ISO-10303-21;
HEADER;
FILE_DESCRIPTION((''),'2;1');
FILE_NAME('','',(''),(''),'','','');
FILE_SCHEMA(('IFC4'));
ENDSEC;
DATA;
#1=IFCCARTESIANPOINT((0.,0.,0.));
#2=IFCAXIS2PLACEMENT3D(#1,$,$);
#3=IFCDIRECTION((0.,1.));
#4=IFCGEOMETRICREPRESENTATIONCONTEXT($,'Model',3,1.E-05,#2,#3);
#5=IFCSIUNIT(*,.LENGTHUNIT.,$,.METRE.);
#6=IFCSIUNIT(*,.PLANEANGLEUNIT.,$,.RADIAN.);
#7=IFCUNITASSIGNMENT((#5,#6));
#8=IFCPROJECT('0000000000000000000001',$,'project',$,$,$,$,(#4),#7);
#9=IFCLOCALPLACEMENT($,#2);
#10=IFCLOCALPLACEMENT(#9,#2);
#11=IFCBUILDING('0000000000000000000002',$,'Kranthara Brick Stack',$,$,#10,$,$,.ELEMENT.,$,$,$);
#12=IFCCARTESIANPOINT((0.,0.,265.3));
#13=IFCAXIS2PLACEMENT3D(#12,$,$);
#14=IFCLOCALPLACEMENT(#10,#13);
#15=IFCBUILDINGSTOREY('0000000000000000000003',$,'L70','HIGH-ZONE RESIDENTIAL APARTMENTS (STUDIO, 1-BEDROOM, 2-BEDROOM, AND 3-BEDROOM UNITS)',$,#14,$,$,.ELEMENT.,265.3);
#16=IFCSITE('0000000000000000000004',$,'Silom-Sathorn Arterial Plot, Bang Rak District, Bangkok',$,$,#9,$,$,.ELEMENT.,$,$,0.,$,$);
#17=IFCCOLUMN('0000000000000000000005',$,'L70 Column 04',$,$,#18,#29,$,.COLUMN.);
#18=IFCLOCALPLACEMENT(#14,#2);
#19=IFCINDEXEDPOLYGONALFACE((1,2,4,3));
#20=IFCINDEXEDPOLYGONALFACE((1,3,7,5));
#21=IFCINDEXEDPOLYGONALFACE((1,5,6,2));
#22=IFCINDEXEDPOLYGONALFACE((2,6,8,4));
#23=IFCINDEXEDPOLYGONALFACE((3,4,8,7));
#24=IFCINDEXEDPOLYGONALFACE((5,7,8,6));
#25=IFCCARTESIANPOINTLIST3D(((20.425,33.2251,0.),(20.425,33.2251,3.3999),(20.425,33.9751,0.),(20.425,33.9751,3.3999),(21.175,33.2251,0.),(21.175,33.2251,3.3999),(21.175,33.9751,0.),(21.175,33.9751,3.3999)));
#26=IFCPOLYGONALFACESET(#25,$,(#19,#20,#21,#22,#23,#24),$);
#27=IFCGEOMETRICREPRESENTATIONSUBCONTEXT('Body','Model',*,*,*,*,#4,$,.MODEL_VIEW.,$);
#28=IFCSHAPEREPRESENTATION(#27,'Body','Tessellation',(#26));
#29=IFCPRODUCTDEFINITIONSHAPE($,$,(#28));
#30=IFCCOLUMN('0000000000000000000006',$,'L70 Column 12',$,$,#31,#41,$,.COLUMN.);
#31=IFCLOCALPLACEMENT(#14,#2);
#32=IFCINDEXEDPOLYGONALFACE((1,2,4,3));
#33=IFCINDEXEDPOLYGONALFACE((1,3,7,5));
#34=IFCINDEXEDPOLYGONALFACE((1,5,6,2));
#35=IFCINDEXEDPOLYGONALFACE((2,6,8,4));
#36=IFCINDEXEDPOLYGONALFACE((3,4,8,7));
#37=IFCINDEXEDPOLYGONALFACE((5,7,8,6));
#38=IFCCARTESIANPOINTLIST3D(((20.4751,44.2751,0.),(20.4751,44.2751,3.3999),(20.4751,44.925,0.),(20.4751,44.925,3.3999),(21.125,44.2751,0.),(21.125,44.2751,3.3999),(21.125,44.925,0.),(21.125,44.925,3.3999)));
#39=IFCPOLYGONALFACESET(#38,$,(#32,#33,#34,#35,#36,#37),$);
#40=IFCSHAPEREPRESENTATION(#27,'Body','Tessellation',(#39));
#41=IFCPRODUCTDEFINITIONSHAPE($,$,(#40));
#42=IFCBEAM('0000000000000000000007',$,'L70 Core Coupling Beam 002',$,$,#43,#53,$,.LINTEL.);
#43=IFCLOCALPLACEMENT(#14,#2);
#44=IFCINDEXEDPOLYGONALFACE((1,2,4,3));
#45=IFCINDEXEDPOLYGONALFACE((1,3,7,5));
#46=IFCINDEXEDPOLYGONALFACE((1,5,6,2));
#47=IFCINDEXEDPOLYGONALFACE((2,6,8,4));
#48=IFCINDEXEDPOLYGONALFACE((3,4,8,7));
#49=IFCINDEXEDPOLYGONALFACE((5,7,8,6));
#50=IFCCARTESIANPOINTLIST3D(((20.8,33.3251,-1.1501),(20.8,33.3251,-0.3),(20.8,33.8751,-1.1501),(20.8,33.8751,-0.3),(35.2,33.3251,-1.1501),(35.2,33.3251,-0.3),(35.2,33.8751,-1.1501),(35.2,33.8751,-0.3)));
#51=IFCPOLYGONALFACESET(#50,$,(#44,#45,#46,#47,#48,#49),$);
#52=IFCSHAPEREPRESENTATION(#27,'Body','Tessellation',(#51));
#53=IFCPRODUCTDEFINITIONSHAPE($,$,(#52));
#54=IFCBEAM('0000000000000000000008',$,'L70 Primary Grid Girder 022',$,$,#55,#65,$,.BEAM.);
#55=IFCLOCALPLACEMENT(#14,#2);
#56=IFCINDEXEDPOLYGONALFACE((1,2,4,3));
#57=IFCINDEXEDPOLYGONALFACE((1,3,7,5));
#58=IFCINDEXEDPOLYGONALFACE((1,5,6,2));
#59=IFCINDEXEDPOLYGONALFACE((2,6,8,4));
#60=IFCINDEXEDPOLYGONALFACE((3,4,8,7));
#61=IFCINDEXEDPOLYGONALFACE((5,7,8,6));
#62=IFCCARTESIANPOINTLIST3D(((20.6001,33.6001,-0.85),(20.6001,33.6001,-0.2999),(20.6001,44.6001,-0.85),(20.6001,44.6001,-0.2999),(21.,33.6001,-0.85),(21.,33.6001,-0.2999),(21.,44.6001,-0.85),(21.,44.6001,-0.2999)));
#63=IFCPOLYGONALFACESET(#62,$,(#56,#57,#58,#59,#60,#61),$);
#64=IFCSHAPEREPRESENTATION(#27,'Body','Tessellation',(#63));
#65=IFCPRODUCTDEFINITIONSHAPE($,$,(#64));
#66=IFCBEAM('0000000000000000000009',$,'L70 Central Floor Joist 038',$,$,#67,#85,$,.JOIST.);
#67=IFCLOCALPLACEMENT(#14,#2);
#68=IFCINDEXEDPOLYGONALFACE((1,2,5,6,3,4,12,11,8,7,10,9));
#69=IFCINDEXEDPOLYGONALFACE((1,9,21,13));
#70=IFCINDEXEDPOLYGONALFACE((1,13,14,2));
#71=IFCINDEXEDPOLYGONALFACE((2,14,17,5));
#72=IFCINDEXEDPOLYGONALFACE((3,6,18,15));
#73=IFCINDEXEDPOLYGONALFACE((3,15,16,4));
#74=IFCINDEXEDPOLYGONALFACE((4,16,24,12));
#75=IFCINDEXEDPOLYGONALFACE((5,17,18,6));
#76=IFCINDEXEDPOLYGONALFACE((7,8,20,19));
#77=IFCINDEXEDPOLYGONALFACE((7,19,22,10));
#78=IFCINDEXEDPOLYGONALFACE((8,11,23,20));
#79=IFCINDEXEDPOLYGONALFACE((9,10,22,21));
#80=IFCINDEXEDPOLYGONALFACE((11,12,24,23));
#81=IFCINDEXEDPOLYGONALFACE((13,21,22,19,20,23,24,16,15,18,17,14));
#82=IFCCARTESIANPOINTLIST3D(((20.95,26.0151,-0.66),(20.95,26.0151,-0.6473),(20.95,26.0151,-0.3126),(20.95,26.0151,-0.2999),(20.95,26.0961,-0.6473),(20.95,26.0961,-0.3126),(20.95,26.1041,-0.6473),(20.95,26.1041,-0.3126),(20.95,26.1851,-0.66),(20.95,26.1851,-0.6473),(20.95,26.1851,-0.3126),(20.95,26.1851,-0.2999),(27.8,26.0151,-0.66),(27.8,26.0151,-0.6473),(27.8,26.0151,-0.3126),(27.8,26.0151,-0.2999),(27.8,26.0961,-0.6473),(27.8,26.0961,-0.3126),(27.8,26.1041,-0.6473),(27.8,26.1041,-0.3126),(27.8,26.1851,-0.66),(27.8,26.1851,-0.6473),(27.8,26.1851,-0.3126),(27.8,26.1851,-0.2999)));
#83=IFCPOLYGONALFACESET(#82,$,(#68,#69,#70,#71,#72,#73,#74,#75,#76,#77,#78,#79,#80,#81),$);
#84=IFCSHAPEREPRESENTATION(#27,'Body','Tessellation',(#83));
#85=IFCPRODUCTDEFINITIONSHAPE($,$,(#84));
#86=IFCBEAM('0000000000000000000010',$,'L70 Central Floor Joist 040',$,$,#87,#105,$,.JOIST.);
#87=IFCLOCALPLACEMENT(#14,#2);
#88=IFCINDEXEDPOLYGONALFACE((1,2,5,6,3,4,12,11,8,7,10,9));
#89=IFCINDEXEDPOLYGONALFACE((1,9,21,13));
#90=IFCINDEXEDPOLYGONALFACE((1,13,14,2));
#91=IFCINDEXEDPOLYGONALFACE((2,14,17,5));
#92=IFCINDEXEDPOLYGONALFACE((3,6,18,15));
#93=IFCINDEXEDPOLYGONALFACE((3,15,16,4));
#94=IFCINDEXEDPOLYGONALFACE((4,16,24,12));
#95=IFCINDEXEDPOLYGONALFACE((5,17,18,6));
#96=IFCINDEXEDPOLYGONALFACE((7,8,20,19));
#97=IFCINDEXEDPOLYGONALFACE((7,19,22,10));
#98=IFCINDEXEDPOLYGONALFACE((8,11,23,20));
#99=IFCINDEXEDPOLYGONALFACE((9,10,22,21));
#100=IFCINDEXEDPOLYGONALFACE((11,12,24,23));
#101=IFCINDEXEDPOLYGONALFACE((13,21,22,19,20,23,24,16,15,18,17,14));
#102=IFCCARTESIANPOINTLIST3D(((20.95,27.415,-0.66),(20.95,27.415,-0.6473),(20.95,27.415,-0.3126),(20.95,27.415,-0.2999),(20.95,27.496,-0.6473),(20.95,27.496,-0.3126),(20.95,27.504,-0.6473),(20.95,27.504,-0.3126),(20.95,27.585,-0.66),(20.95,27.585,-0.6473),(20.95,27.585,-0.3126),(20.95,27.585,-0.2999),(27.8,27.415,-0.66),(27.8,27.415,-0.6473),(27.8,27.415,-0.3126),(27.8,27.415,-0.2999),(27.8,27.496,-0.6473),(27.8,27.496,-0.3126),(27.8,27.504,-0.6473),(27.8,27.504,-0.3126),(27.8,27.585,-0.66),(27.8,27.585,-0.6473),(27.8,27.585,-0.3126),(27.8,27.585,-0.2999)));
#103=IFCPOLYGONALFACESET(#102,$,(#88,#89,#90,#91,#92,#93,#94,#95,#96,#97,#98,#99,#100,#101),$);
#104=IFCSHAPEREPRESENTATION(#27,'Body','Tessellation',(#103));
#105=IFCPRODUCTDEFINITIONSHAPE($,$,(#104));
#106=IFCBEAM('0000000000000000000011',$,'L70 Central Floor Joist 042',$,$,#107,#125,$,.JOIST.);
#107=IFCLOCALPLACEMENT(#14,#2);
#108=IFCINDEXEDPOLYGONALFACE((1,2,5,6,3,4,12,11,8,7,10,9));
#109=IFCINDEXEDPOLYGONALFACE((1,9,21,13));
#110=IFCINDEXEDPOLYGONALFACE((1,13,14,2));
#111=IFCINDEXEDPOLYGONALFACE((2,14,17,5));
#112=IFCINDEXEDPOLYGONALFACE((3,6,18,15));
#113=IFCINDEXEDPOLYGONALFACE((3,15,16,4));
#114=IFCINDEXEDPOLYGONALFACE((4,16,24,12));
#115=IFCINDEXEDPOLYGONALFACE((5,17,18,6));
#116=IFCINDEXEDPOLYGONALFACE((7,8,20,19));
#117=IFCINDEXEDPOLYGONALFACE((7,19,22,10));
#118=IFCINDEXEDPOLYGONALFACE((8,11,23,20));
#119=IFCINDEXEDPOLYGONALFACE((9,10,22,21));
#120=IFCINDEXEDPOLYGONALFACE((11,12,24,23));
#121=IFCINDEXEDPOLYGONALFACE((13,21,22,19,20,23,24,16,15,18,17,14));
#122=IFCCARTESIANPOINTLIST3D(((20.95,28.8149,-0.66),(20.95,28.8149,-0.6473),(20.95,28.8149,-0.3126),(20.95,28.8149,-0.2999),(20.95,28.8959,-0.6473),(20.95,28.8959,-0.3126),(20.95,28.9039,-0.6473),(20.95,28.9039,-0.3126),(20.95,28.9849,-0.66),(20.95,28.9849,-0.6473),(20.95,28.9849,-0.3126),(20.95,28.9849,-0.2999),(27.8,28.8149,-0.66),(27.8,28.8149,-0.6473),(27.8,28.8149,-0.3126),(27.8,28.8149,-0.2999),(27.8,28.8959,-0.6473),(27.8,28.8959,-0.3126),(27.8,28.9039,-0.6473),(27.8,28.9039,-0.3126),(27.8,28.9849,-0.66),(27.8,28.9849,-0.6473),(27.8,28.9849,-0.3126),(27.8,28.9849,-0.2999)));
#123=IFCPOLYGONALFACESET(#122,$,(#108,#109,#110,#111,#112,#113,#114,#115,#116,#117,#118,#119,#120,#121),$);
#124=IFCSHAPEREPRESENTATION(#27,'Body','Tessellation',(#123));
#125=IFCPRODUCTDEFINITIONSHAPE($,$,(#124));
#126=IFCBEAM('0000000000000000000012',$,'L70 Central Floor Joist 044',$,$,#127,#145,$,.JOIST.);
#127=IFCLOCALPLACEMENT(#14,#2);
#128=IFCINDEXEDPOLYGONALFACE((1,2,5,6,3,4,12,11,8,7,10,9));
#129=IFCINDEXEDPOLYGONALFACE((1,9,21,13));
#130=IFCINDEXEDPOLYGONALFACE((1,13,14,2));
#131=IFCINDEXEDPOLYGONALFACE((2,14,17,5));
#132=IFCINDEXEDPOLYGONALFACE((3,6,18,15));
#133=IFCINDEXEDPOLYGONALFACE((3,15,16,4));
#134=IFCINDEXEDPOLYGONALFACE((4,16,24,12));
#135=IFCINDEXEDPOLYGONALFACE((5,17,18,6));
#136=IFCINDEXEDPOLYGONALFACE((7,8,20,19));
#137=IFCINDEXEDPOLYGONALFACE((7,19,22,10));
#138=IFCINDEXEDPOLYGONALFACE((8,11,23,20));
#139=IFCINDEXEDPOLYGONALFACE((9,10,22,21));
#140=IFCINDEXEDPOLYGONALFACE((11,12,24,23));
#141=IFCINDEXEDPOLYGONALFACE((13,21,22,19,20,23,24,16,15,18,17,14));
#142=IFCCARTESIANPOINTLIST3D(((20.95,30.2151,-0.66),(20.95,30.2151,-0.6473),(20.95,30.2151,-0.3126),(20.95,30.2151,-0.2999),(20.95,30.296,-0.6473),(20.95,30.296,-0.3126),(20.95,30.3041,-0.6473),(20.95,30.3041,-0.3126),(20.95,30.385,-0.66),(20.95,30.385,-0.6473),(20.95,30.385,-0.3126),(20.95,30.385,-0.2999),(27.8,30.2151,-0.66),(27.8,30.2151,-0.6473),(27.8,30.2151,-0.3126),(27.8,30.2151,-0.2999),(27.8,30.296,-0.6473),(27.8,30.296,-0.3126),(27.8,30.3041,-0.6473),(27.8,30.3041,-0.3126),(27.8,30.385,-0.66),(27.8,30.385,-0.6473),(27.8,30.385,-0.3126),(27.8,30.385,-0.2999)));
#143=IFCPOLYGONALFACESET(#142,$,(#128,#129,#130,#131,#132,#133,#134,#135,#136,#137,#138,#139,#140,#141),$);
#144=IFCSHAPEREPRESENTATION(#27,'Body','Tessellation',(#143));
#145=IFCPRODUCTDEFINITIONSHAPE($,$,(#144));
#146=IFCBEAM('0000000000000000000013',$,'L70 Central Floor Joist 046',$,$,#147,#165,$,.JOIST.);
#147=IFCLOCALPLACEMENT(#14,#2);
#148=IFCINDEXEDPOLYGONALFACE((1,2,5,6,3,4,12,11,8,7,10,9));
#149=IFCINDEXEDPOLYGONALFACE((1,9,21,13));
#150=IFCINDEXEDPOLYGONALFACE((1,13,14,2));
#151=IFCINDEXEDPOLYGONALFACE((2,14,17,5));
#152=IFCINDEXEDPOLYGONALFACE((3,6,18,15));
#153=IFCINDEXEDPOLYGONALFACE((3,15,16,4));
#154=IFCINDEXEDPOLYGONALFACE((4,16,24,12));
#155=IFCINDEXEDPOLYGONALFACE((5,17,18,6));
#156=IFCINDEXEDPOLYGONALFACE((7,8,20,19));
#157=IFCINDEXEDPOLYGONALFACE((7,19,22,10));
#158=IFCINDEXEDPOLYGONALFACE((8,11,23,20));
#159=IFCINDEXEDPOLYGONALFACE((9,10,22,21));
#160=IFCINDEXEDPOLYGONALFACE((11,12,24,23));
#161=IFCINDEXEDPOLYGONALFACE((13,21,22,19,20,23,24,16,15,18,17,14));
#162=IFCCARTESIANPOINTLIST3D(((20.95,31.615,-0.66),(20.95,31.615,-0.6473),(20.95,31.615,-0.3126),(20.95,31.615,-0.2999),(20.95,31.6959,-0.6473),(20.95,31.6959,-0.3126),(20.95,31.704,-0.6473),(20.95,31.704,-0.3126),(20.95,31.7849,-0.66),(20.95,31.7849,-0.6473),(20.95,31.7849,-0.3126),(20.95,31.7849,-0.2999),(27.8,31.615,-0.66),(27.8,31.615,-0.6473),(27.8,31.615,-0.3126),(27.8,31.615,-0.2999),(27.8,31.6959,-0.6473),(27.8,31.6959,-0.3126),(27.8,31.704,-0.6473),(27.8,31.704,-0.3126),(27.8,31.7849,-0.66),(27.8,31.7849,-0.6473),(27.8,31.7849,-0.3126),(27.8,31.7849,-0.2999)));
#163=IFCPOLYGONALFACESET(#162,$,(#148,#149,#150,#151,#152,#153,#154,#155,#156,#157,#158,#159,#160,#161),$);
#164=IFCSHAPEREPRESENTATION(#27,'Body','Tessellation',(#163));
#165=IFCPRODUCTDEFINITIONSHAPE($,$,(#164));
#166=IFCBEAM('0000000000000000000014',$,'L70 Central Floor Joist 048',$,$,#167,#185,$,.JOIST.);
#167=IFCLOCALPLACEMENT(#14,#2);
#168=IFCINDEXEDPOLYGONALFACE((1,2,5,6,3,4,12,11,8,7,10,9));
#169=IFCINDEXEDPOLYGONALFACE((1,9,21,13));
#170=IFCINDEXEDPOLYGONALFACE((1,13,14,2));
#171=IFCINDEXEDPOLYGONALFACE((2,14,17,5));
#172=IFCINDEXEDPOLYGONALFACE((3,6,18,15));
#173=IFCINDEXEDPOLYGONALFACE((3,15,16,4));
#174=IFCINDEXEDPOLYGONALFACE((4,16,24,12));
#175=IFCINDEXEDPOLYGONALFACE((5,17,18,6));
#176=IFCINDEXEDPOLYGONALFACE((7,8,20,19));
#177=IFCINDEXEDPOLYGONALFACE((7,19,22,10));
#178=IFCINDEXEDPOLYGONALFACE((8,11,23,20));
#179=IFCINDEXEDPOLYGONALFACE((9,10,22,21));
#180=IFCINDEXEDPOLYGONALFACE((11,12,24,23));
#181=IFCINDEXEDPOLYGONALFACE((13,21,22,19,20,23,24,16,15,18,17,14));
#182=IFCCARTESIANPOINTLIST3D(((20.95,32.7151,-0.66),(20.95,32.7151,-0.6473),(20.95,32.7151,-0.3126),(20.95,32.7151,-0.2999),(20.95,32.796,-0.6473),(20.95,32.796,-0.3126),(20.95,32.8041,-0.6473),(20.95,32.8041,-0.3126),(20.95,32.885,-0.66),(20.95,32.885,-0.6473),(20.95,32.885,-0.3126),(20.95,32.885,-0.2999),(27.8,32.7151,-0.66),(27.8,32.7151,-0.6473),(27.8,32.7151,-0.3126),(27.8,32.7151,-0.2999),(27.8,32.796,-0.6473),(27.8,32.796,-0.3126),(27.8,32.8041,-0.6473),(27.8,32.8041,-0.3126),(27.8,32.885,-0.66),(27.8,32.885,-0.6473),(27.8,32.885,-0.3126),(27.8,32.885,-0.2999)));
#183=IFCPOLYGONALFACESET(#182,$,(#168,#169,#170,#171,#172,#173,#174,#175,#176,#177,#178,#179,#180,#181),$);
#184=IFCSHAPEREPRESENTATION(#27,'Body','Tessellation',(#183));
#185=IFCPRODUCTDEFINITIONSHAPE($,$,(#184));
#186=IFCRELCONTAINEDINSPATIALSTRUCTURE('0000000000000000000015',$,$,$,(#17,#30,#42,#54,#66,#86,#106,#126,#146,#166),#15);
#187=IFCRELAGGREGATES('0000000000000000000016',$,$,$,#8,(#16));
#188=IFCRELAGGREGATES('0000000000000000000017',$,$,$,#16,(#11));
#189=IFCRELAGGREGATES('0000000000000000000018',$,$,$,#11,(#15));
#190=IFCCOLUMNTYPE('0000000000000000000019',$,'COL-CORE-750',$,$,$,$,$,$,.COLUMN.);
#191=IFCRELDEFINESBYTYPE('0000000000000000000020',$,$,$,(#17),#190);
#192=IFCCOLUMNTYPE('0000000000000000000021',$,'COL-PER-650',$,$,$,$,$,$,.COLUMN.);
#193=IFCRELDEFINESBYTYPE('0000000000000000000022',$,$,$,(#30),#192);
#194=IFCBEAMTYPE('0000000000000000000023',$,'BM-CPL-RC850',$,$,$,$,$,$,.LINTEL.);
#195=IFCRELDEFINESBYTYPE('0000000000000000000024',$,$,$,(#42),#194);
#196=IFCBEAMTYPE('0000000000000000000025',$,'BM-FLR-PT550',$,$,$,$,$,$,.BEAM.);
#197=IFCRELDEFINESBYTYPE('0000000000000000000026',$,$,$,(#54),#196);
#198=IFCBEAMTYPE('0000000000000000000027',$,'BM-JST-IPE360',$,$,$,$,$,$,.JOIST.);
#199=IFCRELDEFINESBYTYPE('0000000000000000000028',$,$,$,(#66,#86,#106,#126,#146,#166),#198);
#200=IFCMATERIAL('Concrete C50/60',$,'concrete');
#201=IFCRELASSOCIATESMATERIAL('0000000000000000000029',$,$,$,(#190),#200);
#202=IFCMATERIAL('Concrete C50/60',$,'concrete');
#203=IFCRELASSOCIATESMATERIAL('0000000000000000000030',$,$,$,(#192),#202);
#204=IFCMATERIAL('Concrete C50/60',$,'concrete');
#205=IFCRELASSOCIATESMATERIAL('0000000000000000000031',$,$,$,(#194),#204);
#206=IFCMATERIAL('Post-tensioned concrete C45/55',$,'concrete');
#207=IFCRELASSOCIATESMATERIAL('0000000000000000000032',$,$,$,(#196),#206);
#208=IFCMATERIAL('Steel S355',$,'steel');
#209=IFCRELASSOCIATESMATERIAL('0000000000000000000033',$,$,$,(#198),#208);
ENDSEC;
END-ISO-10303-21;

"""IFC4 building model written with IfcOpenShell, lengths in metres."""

from ifc_helpers import new_model, si_unit, direction, frame, origin, origin_2d, place, context, subcontext, project, spatial, rectangle, i_section, extrude, material, material_profile, profile_set, type_object, element, save


model = new_model("IFC4")

# Units and contexts
model_context = context("Model", 3, precision=1e-05, world=origin(), true_north=direction((0.0, 1.0)))
body_context = subcontext(model_context, "Body", "Model", "MODEL_VIEW")
ifc_project = project(units=[si_unit("LENGTHUNIT", "METRE"), si_unit("PLANEANGLEUNIT", "RADIAN")], contexts=[model_context])

# Site, building, storey
site_placement = place(None, origin())
site = spatial("IfcSite", under=ifc_project, at=site_placement, Name="Silom-Sathorn Arterial Plot, Bang Rak District, Bangkok", CompositionType="ELEMENT", RefElevation=0.0)
building_placement = place(site_placement, origin())
building = spatial("IfcBuilding", under=site, at=building_placement, Name="Kranthara Brick Stack", CompositionType="ELEMENT")
storey_placement = place(building_placement, frame((0.0, 0.0, 265.3)))
storey = spatial("IfcBuildingStorey", under=building, at=storey_placement, Name="L70", Description="HIGH-ZONE RESIDENTIAL APARTMENTS (STUDIO, 1-BEDROOM, 2-BEDROOM, AND 3-BEDROOM UNITS)", CompositionType="ELEMENT", Elevation=265.3)

# Columns
ifc_material_1 = material(Name="Concrete C50/60", Category="concrete")
ifc_material_profile_1 = material_profile(ifc_material_1, rectangle(XDim=0.75, YDim=0.75, at=origin_2d()), Name="RC 750x750")
ifc_profile_set_1 = profile_set([ifc_material_profile_1], Name="Concrete C50/60")
column_type_1 = type_object("IfcColumnType", Name="COL-CORE-750", PredefinedType="COLUMN", material=ifc_profile_set_1)
column_1_placement = place(storey_placement, frame((20.8, 33.6001, 0.0), z_axis=(0.0, 0.0, 1.0), x_axis=(1.0, 0.0, 0.0)))
element("IfcColumn", 1, at=column_1_placement, inside=storey, type_object=column_type_1, Name="L70 Column 04", PredefinedType="COLUMN", context=body_context, shape_type="SweptSolid", body=[
    extrude(rectangle(XDim=0.75, YDim=0.75, at=origin_2d()), origin(), (0.0, 0.0, 1.0), 3.3999),
])
ifc_material_2 = material(Name="Concrete C50/60", Category="concrete")
ifc_material_profile_2 = material_profile(ifc_material_2, rectangle(XDim=0.6499, YDim=0.6499, at=origin_2d()), Name="RC 650x650")
ifc_profile_set_2 = profile_set([ifc_material_profile_2], Name="Concrete C50/60")
column_type_2 = type_object("IfcColumnType", Name="COL-PER-650", PredefinedType="COLUMN", material=ifc_profile_set_2)
column_2_placement = place(storey_placement, frame((20.8, 44.6001, 0.0), z_axis=(0.0, 0.0, 1.0), x_axis=(1.0, 0.0, 0.0)))
element("IfcColumn", 2, at=column_2_placement, inside=storey, type_object=column_type_2, Name="L70 Column 12", PredefinedType="COLUMN", context=body_context, shape_type="SweptSolid", body=[
    extrude(rectangle(XDim=0.6499, YDim=0.6499, at=origin_2d()), origin(), (0.0, 0.0, 1.0), 3.3999),
])

# Beams
ifc_material_3 = material(Name="Concrete C50/60", Category="concrete")
ifc_material_profile_3 = material_profile(ifc_material_3, rectangle(XDim=0.55, YDim=0.8501, at=origin_2d()), Name="RC 550x850")
ifc_profile_set_3 = profile_set([ifc_material_profile_3], Name="Concrete C50/60")
beam_type_1 = type_object("IfcBeamType", Name="BM-CPL-RC850", PredefinedType="LINTEL", material=ifc_profile_set_3)
beam_1_placement = place(storey_placement, frame((20.8, 33.6001, -0.7251), z_axis=(1.0, 0.0, 0.0), x_axis=(0.0, 1.0, 0.0)))
element("IfcBeam", 3, at=beam_1_placement, inside=storey, type_object=beam_type_1, Name="L70 Core Coupling Beam 002", PredefinedType="LINTEL", context=body_context, shape_type="SweptSolid", body=[
    extrude(rectangle(XDim=0.55, YDim=0.8501, at=origin_2d()), origin(), (0.0, 0.0, 1.0), 14.3999),
])
ifc_material_4 = material(Name="Post-tensioned concrete C45/55", Category="concrete")
ifc_material_profile_4 = material_profile(ifc_material_4, rectangle(XDim=0.3999, YDim=0.55, at=origin_2d()), Name="PT 400x550")
ifc_profile_set_4 = profile_set([ifc_material_profile_4], Name="Post-tensioned concrete C45/55")
beam_type_2 = type_object("IfcBeamType", Name="BM-FLR-PT550", PredefinedType="BEAM", material=ifc_profile_set_4)
beam_2_placement = place(storey_placement, frame((20.8, 33.6001, -0.575), z_axis=(0.0, 1.0, 0.0), x_axis=(-1.0, 0.0, 0.0)))
element("IfcBeam", 4, at=beam_2_placement, inside=storey, type_object=beam_type_2, Name="L70 Primary Grid Girder 022", PredefinedType="BEAM", context=body_context, shape_type="SweptSolid", body=[
    extrude(rectangle(XDim=0.3999, YDim=0.55, at=origin_2d()), origin(), (0.0, 0.0, 1.0), 11.0),
])
ifc_material_5 = material(Name="Steel S355", Category="steel")
ifc_material_profile_5 = material_profile(ifc_material_5, i_section(OverallWidth=0.1699, OverallDepth=0.3601, WebThickness=0.0081, FlangeThickness=0.0127, at=origin_2d()), Name="IPE 360")
ifc_profile_set_5 = profile_set([ifc_material_profile_5], Name="Steel S355")
beam_type_3 = type_object("IfcBeamType", Name="BM-JST-IPE360", PredefinedType="JOIST", material=ifc_profile_set_5)
for number, where, z_axis, x_axis, name in (
    (5, (20.95, 26.1001, -0.48), (1.0, 0.0, 0.0), (0.0, 1.0, 0.0), "L70 Central Floor Joist 038"),
    (6, (20.95, 27.5, -0.48), (1.0, 0.0, 0.0), (0.0, 1.0, 0.0), "L70 Central Floor Joist 040"),
    (7, (20.95, 28.8999, -0.48), (1.0, 0.0, 0.0), (0.0, 1.0, 0.0), "L70 Central Floor Joist 042"),
    (8, (20.95, 30.3, -0.48), (1.0, 0.0, 0.0), (0.0, 1.0, 0.0), "L70 Central Floor Joist 044"),
    (9, (20.95, 31.7, -0.48), (1.0, 0.0, 0.0), (0.0, 1.0, 0.0), "L70 Central Floor Joist 046"),
    (10, (20.95, 32.8, -0.48), (1.0, 0.0, 0.0), (0.0, 1.0, 0.0), "L70 Central Floor Joist 048"),
):
    element("IfcBeam", number, at=place(storey_placement, frame(where, z_axis=z_axis, x_axis=x_axis)), inside=storey, type_object=beam_type_3, Name=name, PredefinedType="JOIST", context=body_context, shape_type="SweptSolid", body=[
        extrude(i_section(OverallWidth=0.1699, OverallDepth=0.3601, WebThickness=0.0081, FlangeThickness=0.0127, at=origin_2d()), origin(), (0.0, 0.0, 1.0), 6.8501),
    ])

save(model, "model.ifc")
